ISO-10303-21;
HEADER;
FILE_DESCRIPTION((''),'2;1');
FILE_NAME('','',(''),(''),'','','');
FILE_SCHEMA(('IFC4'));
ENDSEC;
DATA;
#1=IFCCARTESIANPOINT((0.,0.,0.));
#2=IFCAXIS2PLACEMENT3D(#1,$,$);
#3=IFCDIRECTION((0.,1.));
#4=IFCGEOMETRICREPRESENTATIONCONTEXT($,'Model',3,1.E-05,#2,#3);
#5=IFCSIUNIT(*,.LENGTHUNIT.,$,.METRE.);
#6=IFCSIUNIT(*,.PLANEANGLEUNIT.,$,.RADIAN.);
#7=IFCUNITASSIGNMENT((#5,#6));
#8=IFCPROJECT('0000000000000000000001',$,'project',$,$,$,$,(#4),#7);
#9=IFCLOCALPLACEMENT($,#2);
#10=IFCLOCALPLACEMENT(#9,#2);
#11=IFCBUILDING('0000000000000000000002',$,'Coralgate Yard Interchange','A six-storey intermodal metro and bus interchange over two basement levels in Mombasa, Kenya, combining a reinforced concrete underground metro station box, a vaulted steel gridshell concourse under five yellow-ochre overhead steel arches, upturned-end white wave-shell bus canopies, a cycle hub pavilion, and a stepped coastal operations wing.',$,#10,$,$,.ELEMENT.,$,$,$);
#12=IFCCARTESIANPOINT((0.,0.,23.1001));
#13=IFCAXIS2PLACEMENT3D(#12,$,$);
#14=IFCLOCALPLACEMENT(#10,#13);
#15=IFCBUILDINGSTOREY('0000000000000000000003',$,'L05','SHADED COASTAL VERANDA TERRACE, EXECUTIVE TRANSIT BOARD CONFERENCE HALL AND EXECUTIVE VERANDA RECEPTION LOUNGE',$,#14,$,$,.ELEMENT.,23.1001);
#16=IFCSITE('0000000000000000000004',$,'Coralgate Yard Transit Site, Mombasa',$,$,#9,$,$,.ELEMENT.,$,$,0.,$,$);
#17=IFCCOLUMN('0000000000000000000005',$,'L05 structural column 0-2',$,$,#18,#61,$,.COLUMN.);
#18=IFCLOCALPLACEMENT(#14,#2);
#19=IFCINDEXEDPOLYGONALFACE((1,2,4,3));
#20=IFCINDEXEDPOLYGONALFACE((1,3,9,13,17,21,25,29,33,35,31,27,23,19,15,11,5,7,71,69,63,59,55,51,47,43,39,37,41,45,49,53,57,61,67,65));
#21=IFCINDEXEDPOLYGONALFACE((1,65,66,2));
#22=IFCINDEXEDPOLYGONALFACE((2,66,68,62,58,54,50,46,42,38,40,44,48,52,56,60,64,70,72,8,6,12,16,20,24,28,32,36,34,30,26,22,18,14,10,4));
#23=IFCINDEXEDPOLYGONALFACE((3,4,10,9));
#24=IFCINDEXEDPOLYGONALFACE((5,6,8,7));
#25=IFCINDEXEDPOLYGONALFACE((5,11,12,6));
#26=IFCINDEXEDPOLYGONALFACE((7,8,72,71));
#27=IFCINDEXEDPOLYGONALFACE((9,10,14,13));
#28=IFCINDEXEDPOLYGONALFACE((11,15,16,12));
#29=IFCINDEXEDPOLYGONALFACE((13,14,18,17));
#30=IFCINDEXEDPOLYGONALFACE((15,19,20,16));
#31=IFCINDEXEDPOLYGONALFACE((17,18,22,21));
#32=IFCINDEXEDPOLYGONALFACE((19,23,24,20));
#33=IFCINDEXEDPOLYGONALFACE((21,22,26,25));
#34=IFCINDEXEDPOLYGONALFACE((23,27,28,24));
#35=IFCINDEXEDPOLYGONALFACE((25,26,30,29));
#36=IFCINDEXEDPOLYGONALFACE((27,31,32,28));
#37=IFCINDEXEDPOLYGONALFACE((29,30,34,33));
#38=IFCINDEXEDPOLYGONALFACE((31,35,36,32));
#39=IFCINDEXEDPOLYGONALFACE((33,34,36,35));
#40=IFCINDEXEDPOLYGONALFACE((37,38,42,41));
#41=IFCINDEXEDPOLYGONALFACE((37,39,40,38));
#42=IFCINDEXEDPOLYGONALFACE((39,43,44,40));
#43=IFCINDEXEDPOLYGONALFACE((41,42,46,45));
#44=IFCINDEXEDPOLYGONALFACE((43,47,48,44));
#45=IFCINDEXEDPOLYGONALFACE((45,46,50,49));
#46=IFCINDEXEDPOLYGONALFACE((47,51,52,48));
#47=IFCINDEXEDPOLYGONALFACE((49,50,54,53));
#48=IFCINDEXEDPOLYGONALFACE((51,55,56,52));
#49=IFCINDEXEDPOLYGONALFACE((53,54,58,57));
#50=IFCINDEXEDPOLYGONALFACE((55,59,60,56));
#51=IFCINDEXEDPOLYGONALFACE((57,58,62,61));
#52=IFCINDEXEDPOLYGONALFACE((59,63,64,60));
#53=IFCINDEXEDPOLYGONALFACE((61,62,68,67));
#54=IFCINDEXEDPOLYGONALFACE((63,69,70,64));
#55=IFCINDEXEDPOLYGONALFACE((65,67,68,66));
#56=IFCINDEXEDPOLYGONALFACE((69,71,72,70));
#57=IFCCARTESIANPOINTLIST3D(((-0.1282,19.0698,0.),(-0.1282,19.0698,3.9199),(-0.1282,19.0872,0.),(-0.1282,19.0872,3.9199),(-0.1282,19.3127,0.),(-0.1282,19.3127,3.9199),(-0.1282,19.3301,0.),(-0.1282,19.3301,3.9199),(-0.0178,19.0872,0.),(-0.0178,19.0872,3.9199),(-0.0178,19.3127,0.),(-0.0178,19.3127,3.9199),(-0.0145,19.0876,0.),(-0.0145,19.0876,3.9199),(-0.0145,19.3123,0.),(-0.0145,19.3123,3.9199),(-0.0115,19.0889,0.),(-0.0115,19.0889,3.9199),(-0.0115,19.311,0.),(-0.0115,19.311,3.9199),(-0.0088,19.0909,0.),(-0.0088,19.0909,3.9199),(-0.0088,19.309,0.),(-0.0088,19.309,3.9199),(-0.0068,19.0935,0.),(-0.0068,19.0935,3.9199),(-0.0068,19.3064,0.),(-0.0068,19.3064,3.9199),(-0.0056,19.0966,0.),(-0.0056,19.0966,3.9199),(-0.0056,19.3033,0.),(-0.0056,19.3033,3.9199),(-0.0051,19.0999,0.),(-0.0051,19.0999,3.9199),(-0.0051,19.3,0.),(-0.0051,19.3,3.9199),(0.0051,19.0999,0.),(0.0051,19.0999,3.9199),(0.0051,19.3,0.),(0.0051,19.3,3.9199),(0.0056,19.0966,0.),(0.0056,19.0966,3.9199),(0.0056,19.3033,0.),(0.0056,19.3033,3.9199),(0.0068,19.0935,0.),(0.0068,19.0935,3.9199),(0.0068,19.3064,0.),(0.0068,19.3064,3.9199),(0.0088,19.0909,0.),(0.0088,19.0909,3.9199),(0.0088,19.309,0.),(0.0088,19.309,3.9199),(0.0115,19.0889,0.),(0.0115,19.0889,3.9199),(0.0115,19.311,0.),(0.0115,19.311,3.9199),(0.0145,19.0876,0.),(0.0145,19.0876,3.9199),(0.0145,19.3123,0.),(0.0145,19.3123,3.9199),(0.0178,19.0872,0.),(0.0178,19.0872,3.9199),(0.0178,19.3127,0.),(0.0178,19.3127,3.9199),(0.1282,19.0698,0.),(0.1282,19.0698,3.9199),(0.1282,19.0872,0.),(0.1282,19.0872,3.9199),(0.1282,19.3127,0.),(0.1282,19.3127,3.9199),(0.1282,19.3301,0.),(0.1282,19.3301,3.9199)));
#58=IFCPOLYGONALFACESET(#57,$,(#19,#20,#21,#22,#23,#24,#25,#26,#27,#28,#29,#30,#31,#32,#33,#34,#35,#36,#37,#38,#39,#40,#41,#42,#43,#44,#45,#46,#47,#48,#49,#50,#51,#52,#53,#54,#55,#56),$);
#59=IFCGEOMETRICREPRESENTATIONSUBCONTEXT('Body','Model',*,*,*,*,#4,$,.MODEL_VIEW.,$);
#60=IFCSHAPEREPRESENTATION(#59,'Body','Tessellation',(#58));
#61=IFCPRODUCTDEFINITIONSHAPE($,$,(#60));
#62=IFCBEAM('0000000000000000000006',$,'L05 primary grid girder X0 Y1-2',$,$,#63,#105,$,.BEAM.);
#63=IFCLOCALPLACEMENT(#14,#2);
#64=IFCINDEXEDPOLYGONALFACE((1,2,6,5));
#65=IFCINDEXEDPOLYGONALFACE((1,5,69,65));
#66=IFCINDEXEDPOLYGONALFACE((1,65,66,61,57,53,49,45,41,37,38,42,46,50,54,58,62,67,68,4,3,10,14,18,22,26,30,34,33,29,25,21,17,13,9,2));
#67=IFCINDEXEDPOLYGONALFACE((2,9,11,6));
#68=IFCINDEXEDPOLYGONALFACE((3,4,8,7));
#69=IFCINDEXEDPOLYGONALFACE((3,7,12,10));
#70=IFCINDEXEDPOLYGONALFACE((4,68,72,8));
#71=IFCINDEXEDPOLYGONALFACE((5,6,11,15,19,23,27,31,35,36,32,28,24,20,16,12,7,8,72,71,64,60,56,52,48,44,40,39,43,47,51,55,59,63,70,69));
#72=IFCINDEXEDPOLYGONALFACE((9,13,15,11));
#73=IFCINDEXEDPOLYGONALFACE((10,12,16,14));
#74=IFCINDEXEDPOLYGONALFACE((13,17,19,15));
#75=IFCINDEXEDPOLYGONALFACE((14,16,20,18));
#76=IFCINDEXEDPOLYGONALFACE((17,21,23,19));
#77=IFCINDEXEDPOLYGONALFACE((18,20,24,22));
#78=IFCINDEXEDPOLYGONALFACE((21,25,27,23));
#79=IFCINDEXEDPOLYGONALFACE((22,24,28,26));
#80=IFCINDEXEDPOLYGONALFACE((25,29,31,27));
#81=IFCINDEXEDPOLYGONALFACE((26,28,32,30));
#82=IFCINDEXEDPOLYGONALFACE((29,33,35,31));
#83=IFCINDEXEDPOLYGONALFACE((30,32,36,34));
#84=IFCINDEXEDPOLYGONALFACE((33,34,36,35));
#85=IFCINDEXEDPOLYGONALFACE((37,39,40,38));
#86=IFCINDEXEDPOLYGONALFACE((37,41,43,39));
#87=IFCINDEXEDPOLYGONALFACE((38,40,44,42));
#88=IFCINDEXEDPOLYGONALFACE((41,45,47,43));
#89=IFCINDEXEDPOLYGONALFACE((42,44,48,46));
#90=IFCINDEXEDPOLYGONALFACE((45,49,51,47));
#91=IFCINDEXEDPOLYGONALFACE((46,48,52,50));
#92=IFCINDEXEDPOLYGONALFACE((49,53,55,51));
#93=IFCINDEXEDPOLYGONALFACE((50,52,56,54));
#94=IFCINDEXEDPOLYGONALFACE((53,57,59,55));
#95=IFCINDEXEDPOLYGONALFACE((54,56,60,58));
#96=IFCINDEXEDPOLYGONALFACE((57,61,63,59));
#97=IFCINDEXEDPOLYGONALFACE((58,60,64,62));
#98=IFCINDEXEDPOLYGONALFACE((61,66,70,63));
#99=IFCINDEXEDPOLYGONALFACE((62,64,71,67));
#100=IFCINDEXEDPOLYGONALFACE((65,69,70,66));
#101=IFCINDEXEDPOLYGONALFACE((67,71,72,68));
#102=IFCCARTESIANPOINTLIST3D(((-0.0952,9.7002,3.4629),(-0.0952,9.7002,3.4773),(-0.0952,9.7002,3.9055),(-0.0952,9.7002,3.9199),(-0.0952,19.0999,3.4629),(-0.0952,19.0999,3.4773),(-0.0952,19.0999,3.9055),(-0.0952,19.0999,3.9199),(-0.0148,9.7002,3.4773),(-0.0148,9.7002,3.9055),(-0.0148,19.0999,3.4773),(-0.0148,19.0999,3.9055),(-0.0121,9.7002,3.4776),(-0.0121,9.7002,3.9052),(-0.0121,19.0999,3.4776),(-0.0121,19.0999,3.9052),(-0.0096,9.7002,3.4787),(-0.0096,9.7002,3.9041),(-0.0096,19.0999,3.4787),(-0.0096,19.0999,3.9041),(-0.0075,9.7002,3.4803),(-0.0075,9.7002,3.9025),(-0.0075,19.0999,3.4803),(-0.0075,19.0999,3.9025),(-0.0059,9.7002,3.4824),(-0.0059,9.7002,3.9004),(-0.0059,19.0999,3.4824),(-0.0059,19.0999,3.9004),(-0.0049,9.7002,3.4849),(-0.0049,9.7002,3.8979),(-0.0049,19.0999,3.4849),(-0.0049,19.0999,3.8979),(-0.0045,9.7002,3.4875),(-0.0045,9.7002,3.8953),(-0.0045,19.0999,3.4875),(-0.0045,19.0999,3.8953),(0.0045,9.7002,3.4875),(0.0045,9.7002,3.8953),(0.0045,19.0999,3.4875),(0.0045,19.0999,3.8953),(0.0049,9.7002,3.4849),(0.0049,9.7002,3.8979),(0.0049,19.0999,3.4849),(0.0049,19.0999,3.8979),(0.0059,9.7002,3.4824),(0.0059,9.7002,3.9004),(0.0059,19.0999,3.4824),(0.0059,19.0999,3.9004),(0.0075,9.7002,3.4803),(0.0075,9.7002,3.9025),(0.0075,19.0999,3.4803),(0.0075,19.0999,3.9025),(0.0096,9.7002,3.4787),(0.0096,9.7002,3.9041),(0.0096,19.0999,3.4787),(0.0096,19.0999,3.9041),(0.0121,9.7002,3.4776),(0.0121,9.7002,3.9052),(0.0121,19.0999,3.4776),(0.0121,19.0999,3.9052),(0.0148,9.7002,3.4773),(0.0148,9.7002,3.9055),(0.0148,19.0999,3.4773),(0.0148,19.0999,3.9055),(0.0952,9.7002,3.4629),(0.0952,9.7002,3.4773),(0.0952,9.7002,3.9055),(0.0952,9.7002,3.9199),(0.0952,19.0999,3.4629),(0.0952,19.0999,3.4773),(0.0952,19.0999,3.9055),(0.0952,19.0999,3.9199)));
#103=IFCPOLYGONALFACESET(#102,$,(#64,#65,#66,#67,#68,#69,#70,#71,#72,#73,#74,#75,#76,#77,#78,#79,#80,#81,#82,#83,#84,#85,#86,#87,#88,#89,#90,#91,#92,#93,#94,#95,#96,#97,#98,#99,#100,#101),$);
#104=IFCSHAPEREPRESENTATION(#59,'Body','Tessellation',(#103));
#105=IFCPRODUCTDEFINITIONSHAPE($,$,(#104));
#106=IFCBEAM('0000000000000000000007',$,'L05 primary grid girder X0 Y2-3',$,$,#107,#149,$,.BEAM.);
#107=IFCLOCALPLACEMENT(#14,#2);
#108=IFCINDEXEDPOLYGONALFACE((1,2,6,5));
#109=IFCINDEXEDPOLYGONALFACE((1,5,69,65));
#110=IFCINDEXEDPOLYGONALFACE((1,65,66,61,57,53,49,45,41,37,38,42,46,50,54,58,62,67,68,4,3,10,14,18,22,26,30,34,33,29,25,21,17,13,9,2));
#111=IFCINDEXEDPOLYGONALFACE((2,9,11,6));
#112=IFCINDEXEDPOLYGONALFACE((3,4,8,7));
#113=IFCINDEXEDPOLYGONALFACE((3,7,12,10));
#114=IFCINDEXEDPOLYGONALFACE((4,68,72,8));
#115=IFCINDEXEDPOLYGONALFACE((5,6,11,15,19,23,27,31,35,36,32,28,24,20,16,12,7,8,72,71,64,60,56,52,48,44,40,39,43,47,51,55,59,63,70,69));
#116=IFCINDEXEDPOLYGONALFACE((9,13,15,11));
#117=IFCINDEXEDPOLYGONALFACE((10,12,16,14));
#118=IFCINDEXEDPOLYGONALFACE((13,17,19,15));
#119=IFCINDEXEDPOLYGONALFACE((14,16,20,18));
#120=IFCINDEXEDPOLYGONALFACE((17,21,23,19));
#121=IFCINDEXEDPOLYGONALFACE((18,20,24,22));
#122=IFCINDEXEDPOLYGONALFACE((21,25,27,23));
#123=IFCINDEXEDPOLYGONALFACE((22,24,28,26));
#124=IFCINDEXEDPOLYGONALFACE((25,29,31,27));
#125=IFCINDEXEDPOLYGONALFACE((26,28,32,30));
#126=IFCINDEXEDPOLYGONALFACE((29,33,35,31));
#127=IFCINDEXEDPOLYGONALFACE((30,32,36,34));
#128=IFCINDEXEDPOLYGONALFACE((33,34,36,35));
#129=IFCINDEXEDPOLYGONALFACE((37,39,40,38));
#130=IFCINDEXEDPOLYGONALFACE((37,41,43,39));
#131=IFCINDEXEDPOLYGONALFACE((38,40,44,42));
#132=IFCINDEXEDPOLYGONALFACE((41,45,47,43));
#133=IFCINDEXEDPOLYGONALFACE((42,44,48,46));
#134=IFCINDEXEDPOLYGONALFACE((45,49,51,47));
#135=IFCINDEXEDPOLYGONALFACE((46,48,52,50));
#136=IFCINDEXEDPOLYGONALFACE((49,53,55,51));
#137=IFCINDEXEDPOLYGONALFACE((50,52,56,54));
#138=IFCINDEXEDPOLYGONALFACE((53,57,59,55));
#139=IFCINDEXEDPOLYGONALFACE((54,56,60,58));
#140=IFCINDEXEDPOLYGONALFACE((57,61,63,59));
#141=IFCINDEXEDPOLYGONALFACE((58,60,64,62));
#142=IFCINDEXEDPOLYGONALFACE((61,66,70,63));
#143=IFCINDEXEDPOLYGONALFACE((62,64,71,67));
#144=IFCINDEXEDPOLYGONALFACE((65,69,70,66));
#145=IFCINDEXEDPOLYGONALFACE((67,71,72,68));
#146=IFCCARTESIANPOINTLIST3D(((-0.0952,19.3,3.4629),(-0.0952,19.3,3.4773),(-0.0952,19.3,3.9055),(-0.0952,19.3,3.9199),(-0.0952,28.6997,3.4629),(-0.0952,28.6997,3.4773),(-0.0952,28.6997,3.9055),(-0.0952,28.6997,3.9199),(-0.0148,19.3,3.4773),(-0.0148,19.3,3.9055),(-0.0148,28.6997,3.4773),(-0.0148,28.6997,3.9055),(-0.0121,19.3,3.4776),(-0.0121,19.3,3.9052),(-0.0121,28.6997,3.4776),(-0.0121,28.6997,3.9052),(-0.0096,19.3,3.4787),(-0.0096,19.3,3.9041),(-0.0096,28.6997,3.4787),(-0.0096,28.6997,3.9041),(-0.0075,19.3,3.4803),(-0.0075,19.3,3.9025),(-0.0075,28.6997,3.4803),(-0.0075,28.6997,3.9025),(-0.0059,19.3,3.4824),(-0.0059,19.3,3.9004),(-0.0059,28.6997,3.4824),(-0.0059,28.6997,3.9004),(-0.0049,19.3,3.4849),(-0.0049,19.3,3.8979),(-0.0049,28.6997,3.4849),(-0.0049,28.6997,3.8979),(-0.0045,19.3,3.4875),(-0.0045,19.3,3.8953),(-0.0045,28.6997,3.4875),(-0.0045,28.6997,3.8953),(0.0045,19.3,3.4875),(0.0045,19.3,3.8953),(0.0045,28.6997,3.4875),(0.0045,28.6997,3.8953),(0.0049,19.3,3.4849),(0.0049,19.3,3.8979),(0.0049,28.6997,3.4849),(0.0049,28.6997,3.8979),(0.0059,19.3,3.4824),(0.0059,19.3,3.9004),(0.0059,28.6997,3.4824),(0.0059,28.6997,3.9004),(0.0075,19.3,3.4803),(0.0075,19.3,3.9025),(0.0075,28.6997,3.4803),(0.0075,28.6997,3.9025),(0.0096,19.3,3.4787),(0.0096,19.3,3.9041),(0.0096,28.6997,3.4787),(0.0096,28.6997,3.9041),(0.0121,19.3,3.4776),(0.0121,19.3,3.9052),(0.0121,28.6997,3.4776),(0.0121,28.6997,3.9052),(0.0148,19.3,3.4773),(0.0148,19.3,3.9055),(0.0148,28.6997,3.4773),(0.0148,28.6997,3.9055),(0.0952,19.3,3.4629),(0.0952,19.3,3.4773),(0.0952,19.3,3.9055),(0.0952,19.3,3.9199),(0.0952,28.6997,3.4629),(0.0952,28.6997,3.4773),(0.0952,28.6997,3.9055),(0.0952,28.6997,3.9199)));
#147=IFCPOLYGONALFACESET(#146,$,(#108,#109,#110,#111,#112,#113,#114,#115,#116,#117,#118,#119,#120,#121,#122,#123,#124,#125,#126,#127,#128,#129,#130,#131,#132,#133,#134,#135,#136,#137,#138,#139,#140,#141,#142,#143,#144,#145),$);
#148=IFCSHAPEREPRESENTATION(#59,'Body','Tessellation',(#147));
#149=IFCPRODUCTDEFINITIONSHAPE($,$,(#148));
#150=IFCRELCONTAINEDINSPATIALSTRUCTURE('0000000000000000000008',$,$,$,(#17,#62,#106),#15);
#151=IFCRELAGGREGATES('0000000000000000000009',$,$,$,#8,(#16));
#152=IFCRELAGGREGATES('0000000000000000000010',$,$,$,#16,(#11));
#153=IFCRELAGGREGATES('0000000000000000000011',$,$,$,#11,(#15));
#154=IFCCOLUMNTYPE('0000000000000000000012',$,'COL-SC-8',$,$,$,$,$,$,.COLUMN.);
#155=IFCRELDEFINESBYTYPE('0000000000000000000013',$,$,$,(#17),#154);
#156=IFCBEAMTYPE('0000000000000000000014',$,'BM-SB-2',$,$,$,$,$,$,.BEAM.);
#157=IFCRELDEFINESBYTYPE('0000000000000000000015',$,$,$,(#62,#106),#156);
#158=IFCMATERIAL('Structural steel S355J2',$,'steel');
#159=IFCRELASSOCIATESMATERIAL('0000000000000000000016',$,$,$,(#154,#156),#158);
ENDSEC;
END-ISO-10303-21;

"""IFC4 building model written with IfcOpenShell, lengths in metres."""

from ifc_helpers import new_model, si_unit, direction, frame, origin, origin_2d, place, context, subcontext, project, spatial, i_section, extrude, material, material_profile, profile_set, type_object, element, save


model = new_model("IFC4")

# Units and contexts
model_context = context("Model", 3, precision=1e-05, world=origin(), true_north=direction((0.0, 1.0)))
body_context = subcontext(model_context, "Body", "Model", "MODEL_VIEW")
ifc_project = project(units=[si_unit("LENGTHUNIT", "METRE"), si_unit("PLANEANGLEUNIT", "RADIAN")], contexts=[model_context])

# Site, building, storey
site_placement = place(None, origin())
site = spatial("IfcSite", under=ifc_project, at=site_placement, Name="Coralgate Yard Transit Site, Mombasa", CompositionType="ELEMENT", RefElevation=0.0)
building_placement = place(site_placement, origin())
building = spatial("IfcBuilding", under=site, at=building_placement, Name="Coralgate Yard Interchange", Description="A six-storey intermodal metro and bus interchange over two basement levels in Mombasa, Kenya, combining a reinforced concrete underground metro station box, a vaulted steel gridshell concourse under five yellow-ochre overhead steel arches, upturned-end white wave-shell bus canopies, a cycle hub pavilion, and a stepped coastal operations wing.", CompositionType="ELEMENT")
storey_placement = place(building_placement, frame((0.0, 0.0, 23.1001)))
storey = spatial("IfcBuildingStorey", under=building, at=storey_placement, Name="L05", Description="SHADED COASTAL VERANDA TERRACE, EXECUTIVE TRANSIT BOARD CONFERENCE HALL AND EXECUTIVE VERANDA RECEPTION LOUNGE", CompositionType="ELEMENT", Elevation=23.1001)

# Column
ifc_material_1 = material(Name="Structural steel S355J2", Category="steel")
ifc_material_profile_1 = material_profile(ifc_material_1, i_section(OverallWidth=0.2563, OverallDepth=0.2603, WebThickness=0.0103, FlangeThickness=0.0173, FilletRadius=0.0127, at=origin_2d()), Name="UC 254x254x89")
ifc_profile_set_1 = profile_set([ifc_material_profile_1], Name="Structural steel S355J2")
column_type = type_object("IfcColumnType", Name="COL-SC-8", PredefinedType="COLUMN", material=ifc_profile_set_1)
column_placement = place(storey_placement, frame((0.0, 19.2, 0.0), z_axis=(0.0, 0.0, 1.0), x_axis=(1.0, 0.0, 0.0)))
element("IfcColumn", 1, at=column_placement, inside=storey, type_object=column_type, Name="L05 structural column 0-2", PredefinedType="COLUMN", context=body_context, shape_type="SweptSolid", body=[
    extrude(i_section(OverallWidth=0.2563, OverallDepth=0.2603, WebThickness=0.0103, FlangeThickness=0.0173, FilletRadius=0.0127, at=origin_2d()), origin(), (0.0, 0.0, 1.0), 3.9199),
])

# Beams
ifc_material_profile_2 = material_profile(ifc_material_1, i_section(OverallWidth=0.1904, OverallDepth=0.457, WebThickness=0.009, FlangeThickness=0.0144, FilletRadius=0.0103, at=origin_2d()), Name="UB 457x191x74")
ifc_profile_set_2 = profile_set([ifc_material_profile_2], Name="Structural steel S355J2")
beam_type = type_object("IfcBeamType", Name="BM-SB-2", PredefinedType="BEAM", material=ifc_profile_set_2)
for number, where, z_axis, x_axis, name in (
    (2, (0.0, 9.7002, 3.6914), (0.0, 1.0, 0.0), (-1.0, 0.0, 0.0), "L05 primary grid girder X0 Y1-2"),
    (3, (0.0, 19.3, 3.6914), (0.0, 1.0, 0.0), (-1.0, 0.0, 0.0), "L05 primary grid girder X0 Y2-3"),
):
    element("IfcBeam", number, at=place(storey_placement, frame(where, z_axis=z_axis, x_axis=x_axis)), inside=storey, type_object=beam_type, Name=name, PredefinedType="BEAM", context=body_context, shape_type="SweptSolid", body=[
        extrude(i_section(OverallWidth=0.1904, OverallDepth=0.457, WebThickness=0.009, FlangeThickness=0.0144, FilletRadius=0.0103, at=origin_2d()), origin(), (0.0, 0.0, 1.0), 9.3997),
    ])

save(model, "model.ifc")
